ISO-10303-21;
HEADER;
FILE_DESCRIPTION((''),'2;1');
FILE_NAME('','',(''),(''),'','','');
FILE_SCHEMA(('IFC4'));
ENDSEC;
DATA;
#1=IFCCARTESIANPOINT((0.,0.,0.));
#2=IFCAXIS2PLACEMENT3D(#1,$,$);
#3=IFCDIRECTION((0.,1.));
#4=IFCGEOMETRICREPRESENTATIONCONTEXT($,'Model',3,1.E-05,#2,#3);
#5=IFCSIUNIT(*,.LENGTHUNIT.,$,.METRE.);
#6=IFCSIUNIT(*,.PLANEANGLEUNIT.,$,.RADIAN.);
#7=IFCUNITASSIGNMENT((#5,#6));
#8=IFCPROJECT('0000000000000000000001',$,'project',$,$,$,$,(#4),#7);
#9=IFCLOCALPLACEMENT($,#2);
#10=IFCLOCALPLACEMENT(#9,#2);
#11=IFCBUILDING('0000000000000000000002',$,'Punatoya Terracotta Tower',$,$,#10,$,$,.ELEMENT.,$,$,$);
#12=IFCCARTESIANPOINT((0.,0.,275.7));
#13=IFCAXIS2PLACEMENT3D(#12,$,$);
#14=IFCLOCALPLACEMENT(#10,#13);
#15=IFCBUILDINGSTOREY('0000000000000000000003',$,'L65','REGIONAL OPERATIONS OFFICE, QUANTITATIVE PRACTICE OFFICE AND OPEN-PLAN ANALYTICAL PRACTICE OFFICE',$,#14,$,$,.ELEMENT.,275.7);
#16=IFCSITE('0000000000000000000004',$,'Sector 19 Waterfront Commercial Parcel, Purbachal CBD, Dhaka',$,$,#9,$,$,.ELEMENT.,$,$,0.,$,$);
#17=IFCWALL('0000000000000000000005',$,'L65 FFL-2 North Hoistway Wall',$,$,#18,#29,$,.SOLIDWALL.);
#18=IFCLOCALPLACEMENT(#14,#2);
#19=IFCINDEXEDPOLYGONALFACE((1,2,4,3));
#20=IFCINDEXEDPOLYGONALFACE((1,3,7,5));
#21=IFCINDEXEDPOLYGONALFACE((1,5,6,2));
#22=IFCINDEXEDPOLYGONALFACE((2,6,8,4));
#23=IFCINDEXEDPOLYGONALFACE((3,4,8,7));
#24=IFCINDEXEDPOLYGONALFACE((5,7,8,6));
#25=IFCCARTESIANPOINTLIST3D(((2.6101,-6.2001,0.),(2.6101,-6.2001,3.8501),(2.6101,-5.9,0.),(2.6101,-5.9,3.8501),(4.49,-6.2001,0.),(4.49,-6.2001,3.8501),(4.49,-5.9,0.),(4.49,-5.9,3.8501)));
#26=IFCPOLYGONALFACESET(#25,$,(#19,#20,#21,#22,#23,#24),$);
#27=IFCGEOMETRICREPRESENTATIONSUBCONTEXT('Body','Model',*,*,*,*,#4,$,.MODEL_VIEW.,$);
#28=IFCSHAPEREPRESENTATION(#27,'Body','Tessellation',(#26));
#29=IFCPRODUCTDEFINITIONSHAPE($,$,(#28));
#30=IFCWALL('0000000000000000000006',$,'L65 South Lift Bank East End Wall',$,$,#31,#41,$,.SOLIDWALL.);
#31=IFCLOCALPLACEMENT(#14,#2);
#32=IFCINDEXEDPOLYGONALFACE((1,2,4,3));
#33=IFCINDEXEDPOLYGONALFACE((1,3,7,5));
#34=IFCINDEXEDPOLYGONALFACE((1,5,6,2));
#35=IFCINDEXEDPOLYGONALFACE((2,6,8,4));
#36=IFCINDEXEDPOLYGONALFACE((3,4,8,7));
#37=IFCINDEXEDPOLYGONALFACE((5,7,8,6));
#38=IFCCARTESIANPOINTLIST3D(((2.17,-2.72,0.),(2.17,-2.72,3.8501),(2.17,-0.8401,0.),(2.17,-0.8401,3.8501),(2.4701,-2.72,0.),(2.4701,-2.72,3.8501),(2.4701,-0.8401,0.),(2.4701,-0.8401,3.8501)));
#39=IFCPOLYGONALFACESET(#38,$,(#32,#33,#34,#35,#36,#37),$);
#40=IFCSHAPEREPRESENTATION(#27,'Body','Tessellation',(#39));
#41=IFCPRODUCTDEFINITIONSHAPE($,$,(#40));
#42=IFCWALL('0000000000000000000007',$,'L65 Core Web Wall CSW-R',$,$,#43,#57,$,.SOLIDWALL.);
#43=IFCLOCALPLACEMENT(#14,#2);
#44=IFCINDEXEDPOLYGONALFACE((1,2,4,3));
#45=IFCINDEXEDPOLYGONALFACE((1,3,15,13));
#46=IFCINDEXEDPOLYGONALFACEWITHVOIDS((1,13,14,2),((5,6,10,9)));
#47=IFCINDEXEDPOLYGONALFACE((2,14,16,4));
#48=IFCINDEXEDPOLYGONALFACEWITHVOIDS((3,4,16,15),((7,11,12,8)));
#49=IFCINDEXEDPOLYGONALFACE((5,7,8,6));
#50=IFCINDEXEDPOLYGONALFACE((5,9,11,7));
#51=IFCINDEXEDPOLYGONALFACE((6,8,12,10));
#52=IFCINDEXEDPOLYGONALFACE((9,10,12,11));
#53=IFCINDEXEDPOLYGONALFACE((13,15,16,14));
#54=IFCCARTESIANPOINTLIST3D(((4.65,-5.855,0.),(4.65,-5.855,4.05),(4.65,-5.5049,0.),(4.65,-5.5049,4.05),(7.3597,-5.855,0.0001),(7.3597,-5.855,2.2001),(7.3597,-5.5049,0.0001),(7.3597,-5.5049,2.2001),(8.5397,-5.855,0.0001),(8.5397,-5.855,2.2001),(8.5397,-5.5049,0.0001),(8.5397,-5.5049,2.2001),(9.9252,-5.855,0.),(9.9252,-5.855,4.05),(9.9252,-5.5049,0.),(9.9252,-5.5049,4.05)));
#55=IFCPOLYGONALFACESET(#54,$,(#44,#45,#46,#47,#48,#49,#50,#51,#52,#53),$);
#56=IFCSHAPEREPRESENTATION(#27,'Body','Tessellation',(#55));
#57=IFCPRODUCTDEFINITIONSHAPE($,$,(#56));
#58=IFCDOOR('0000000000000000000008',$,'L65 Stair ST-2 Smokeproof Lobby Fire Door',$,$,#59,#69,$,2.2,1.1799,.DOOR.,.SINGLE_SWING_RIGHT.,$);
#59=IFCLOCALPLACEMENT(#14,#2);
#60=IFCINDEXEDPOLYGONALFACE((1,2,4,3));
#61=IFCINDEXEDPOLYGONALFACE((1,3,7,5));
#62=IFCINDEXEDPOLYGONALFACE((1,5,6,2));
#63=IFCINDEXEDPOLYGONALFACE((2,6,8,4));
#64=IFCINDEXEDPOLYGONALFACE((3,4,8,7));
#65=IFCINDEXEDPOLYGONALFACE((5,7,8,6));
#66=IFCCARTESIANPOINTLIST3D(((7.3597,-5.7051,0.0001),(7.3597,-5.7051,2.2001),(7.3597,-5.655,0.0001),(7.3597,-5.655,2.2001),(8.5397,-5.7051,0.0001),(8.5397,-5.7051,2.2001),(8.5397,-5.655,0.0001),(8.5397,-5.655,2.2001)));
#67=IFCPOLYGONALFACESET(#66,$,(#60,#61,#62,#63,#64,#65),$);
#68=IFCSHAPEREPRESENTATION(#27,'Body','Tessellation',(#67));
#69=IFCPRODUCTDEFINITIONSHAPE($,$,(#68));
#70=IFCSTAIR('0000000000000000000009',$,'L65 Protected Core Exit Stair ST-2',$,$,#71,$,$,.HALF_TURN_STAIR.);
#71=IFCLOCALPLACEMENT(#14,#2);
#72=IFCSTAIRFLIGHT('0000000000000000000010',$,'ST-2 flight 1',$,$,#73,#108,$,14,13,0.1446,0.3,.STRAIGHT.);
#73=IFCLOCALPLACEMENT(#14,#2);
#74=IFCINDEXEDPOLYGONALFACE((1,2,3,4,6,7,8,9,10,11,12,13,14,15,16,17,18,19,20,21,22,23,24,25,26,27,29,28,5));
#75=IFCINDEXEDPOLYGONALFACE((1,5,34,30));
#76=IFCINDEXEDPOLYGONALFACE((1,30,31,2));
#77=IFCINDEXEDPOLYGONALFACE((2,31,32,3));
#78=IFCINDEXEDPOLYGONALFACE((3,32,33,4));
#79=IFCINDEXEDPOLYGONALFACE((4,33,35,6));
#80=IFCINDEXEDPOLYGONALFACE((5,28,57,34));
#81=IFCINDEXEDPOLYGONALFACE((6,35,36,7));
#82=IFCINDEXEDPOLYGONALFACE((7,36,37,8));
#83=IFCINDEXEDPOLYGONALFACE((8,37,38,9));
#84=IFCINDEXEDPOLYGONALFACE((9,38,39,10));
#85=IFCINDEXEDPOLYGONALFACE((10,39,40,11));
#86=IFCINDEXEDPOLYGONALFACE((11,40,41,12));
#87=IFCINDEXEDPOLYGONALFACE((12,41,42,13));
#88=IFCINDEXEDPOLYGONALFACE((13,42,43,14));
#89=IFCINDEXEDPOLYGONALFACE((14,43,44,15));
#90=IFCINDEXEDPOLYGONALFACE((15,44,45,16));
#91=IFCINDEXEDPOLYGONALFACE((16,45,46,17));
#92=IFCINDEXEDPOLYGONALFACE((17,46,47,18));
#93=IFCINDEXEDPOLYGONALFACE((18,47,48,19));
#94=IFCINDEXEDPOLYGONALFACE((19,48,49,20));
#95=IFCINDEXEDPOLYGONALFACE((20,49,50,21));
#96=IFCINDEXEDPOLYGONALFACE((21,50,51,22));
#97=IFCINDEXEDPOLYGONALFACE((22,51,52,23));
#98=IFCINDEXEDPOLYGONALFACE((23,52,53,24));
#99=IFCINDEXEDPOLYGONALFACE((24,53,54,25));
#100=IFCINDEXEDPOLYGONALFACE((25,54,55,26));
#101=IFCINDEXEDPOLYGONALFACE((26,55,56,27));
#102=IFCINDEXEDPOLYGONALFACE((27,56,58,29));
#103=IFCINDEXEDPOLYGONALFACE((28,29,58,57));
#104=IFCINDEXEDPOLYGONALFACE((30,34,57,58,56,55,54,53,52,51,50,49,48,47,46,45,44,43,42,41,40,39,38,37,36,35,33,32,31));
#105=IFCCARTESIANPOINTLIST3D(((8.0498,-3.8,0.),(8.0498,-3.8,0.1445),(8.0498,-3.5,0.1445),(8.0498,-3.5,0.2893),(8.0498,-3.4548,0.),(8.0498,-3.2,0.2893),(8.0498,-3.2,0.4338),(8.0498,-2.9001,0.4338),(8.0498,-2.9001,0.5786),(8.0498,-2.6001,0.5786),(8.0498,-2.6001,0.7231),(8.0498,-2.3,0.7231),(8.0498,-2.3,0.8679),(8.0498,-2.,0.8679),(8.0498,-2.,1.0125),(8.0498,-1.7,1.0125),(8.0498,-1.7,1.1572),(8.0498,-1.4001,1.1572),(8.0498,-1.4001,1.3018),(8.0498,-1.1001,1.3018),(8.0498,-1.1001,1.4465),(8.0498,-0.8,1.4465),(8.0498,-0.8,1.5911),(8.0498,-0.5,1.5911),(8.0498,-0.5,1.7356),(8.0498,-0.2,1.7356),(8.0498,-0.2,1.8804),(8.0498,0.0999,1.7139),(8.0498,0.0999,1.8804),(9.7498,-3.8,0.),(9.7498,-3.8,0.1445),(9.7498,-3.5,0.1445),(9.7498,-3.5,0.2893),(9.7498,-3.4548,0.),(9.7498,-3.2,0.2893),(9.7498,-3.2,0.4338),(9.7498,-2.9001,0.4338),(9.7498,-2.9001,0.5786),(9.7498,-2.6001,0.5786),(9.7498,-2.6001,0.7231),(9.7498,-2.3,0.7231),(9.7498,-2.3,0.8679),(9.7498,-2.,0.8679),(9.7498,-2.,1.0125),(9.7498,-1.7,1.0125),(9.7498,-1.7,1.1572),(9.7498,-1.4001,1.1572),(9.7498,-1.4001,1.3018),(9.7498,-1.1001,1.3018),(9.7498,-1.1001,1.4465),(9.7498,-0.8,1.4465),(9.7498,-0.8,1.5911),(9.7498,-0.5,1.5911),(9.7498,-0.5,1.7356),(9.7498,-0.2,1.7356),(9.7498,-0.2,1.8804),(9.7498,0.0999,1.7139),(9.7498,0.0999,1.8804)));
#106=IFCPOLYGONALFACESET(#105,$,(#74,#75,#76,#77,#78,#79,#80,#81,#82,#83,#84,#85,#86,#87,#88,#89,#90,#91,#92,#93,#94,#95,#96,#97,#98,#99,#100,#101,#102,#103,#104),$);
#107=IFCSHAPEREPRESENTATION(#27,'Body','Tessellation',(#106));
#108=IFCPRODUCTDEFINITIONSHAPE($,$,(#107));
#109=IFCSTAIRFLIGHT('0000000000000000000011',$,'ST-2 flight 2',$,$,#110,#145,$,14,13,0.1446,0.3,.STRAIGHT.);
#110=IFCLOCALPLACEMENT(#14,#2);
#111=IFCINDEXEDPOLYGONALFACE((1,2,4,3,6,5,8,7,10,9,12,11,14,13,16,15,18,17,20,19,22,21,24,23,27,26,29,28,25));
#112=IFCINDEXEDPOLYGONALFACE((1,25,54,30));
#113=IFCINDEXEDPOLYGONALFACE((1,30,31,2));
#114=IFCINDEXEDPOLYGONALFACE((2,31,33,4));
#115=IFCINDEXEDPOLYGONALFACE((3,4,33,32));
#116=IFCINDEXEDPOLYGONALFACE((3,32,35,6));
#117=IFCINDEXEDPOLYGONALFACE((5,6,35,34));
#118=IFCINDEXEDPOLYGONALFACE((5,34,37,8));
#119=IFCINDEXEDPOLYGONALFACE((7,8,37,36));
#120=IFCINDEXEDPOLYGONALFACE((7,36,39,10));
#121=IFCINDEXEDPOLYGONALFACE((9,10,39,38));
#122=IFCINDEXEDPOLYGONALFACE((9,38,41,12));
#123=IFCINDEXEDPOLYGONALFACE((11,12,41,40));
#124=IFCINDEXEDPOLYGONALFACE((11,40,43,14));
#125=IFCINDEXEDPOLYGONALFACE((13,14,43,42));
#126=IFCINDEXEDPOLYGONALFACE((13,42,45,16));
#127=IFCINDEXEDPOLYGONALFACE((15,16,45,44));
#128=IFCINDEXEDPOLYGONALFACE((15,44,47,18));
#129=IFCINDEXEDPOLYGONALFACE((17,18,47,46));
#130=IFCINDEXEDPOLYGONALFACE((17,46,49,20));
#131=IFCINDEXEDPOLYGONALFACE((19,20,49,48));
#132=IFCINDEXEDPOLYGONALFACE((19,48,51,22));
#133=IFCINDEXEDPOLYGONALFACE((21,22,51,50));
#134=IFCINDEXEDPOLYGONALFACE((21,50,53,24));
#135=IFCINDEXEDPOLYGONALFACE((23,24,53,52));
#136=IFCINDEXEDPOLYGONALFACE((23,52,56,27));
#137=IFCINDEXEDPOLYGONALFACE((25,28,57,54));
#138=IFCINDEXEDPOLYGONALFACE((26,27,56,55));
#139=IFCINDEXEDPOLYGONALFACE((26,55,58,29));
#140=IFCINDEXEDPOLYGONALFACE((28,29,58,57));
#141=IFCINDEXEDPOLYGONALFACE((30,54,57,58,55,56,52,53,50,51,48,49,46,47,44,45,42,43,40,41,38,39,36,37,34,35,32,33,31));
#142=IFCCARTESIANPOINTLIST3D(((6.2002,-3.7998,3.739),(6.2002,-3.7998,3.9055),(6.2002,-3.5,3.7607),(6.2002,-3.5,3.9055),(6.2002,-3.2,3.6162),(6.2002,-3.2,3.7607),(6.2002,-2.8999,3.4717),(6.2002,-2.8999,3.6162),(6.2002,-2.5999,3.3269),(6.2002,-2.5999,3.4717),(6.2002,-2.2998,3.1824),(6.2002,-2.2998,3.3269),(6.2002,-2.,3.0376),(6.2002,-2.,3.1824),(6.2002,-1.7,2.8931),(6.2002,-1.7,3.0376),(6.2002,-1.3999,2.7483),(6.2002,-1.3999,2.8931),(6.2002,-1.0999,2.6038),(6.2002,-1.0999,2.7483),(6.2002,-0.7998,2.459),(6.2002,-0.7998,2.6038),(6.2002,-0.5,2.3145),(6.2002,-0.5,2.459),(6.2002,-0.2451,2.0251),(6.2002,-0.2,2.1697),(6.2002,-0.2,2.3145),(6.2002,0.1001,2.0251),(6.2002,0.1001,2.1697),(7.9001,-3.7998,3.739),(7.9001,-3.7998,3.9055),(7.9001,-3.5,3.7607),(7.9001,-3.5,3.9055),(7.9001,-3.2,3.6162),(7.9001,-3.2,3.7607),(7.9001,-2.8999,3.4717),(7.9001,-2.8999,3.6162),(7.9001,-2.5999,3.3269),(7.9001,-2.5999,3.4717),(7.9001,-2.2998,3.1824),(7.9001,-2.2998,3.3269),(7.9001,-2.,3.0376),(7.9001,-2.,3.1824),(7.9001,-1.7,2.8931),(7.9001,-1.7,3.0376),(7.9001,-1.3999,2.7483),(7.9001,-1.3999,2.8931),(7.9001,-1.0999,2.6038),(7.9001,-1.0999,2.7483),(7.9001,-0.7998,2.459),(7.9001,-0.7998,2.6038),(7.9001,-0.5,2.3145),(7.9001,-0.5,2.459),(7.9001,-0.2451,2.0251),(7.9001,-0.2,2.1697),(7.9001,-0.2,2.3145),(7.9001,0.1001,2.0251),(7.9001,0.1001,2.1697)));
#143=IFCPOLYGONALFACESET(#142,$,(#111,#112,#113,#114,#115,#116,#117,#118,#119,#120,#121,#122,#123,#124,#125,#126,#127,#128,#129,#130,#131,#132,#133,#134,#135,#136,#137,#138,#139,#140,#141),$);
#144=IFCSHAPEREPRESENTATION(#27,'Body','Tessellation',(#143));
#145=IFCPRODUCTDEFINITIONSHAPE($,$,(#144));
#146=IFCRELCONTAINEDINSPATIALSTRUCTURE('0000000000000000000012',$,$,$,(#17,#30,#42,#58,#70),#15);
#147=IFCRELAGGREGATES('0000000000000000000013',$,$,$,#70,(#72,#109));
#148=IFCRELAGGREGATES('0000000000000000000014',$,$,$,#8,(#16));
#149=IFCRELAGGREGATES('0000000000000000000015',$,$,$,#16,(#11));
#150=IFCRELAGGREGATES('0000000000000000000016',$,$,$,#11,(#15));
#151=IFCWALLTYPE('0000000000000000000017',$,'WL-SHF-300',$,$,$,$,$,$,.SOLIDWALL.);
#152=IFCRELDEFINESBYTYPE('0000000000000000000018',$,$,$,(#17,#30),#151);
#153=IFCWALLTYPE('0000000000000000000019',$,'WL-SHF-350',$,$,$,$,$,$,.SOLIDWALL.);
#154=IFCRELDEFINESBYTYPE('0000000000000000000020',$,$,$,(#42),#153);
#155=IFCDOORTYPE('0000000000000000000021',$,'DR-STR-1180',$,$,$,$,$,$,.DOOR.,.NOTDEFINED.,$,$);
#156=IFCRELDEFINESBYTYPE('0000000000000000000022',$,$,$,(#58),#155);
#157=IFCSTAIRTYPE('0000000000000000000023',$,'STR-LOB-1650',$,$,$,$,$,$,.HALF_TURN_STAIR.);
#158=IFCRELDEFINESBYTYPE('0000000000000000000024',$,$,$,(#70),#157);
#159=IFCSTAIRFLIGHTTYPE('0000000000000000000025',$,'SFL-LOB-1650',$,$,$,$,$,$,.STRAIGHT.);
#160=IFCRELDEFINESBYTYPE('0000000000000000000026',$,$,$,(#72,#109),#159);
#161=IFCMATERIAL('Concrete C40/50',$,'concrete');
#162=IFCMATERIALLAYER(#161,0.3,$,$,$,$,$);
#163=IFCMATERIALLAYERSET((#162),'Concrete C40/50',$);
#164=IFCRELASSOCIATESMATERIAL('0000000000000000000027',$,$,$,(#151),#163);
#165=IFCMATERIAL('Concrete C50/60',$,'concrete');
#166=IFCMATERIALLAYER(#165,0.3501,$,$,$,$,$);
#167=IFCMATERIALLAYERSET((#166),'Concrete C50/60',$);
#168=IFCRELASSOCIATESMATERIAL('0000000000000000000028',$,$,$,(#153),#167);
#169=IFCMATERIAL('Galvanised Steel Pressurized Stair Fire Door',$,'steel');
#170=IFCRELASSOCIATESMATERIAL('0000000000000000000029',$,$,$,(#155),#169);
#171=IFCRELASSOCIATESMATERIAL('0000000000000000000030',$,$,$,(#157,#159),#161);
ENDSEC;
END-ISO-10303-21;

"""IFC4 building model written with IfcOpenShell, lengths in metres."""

from ifc_helpers import new_model, si_unit, direction, frame, frame_2d, origin, place, context, subcontext, project, spatial, polyline, rectangle, outline, extrude, material, layer, layer_set, type_object, element, fill, aggregate, save


model = new_model("IFC4")

# Units and contexts
model_context = context("Model", 3, precision=1e-05, world=origin(), true_north=direction((0.0, 1.0)))
body_context = subcontext(model_context, "Body", "Model", "MODEL_VIEW")
ifc_project = project(units=[si_unit("LENGTHUNIT", "METRE"), si_unit("PLANEANGLEUNIT", "RADIAN")], contexts=[model_context])

# Site, building, storey
site_placement = place(None, origin())
site = spatial("IfcSite", under=ifc_project, at=site_placement, Name="Sector 19 Waterfront Commercial Parcel, Purbachal CBD, Dhaka", CompositionType="ELEMENT", RefElevation=0.0)
building_placement = place(site_placement, origin())
building = spatial("IfcBuilding", under=site, at=building_placement, Name="Punatoya Terracotta Tower", CompositionType="ELEMENT")
storey_placement = place(building_placement, frame((0.0, 0.0, 275.7)))
storey = spatial("IfcBuildingStorey", under=building, at=storey_placement, Name="L65", Description="REGIONAL OPERATIONS OFFICE, QUANTITATIVE PRACTICE OFFICE AND OPEN-PLAN ANALYTICAL PRACTICE OFFICE", CompositionType="ELEMENT", Elevation=275.7)

# Shared definitions
ifc_material_1 = material(Name="Concrete C40/50", Category="concrete")

# Shared definitions
ifc_layer_1 = layer(ifc_material_1, 0.3)
ifc_layer_set_1 = layer_set([ifc_layer_1], Name="Concrete C40/50")
wall_type_1 = type_object("IfcWallType", Name="WL-SHF-300", PredefinedType="SOLIDWALL", material=ifc_layer_set_1)

# Walls
for number, where, z_axis, x_axis, name in (
    (1, (2.6101, -6.05, 0.0), (0.0, 0.0, 1.0), (1.0, 0.0, 0.0), "L65 FFL-2 North Hoistway Wall"),
    (2, (2.3201, -2.72, 0.0), (0.0, 0.0, 1.0), (0.0, 1.0, 0.0), "L65 South Lift Bank East End Wall"),
):
    element("IfcWall", number, at=place(storey_placement, frame(where, z_axis=z_axis, x_axis=x_axis)), inside=storey, type_object=wall_type_1, Name=name, PredefinedType="SOLIDWALL", context=body_context, shape_type="SweptSolid", body=[
        extrude(rectangle(XDim=1.8799, YDim=0.3, at=frame_2d((0.9399, 0.0))), origin(), (0.0, 0.0, 1.0), 3.8501),
    ])

# Wall, opening, door
ifc_material_2 = material(Name="Concrete C50/60", Category="concrete")
ifc_layer_2 = layer(ifc_material_2, 0.3501)
ifc_layer_set_2 = layer_set([ifc_layer_2], Name="Concrete C50/60")
wall_type_2 = type_object("IfcWallType", Name="WL-SHF-350", PredefinedType="SOLIDWALL", material=ifc_layer_set_2)
wall_1_placement = place(storey_placement, frame((4.6499, -5.6799, 0.0), z_axis=(0.0, 0.0, 1.0), x_axis=(1.0, 0.0, 0.0)))
wall_1 = element("IfcWall", 3, at=wall_1_placement, inside=storey, type_object=wall_type_2, Name="L65 Core Web Wall CSW-R", PredefinedType="SOLIDWALL", context=body_context, shape_type="SweptSolid", body=[
    extrude(rectangle(XDim=5.2751, YDim=0.3501, at=frame_2d((2.6377, 0.0))), origin(), (0.0, 0.0, 1.0), 4.05),
])
opening_1_placement = place(wall_1_placement, frame((2.71, 0.0, 0.0)))
opening_1 = element("IfcOpeningElement", 4, at=opening_1_placement, cuts=wall_1, PredefinedType="OPENING", context=body_context, shape_type="SweptSolid", body=[
    extrude(rectangle(XDim=1.1799, YDim=2.2, at=frame_2d((0.5898, 1.1001))), frame((0.0, 0.1851, 0.0), z_axis=(0.0, -1.0, 0.0), x_axis=(1.0, 0.0, 0.0)), (0.0, 0.0, 1.0), 0.3701),
])
ifc_material_3 = material(Name="Galvanised Steel Pressurized Stair Fire Door", Category="steel")
door_type_1 = type_object("IfcDoorType", Name="DR-STR-1180", OperationType="NOTDEFINED", PredefinedType="DOOR", material=ifc_material_3)
door_1_placement = place(opening_1_placement, origin())
door_1 = element("IfcDoor", 5, at=door_1_placement, inside=storey, type_object=door_type_1, Name="L65 Stair ST-2 Smokeproof Lobby Fire Door", OperationType="SINGLE_SWING_RIGHT", OverallHeight=2.2, OverallWidth=1.1799, PredefinedType="DOOR", context=body_context, shape_type="SweptSolid", body=[
    extrude(rectangle(XDim=1.1799, YDim=2.2, at=frame_2d((0.5898, 1.1001))), frame((0.0, 0.0249, 0.0), z_axis=(0.0, -1.0, 0.0), x_axis=(1.0, 0.0, 0.0)), (0.0, 0.0, 1.0), 0.05),
])
fill(opening_1, door_1)

# Stair, stair flights
stair_type = type_object("IfcStairType", Name="STR-LOB-1650", PredefinedType="HALF_TURN_STAIR", material=ifc_material_1)
stair_placement = place(storey_placement, origin())
stair = element("IfcStair", 6, at=stair_placement, inside=storey, type_object=stair_type, Name="L65 Protected Core Exit Stair ST-2", PredefinedType="HALF_TURN_STAIR")
stair_flight_type = type_object("IfcStairFlightType", Name="SFL-LOB-1650", PredefinedType="STRAIGHT", material=ifc_material_1)
stair_flight_1_placement = place(storey_placement, frame((8.8999, -3.8, 0.0), z_axis=(0.0, 0.0, 1.0), x_axis=(0.0, 1.0, 0.0)))
stair_flight_1 = element("IfcStairFlight", 7, at=stair_flight_1_placement, type_object=stair_flight_type, Name="ST-2 flight 1", NumberOfRisers=14, NumberOfTreads=13, PredefinedType="STRAIGHT", RiserHeight=0.1446, TreadLength=0.3, context=body_context, shape_type="SweptSolid", body=[
    extrude(outline(polyline([(0.0, 0.0), (0.0, 0.1445), (0.3, 0.1445), (0.3, 0.2893), (0.6001, 0.2893), (0.6001, 0.4338), (0.8999, 0.4338), (0.8999, 0.5786), (1.2, 0.5786), (1.2, 0.7231), (1.5, 0.7231), (1.5, 0.8679), (1.8, 0.8679), (1.8, 1.0125), (2.1001, 1.0125), (2.1001, 1.1572), (2.3999, 1.1572), (2.3999, 1.3018), (2.7, 1.3018), (2.7, 1.4465), (3.0, 1.4465), (3.0, 1.5911), (3.3, 1.5911), (3.3, 1.7356), (3.6001, 1.7356), (3.6001, 1.8804), (3.8999, 1.8804), (3.8999, 2.0249), (3.8999, 1.7139), (0.3452, 0.0), (0.0, 0.0)])), frame((0.0, 0.8501, 0.0), z_axis=(0.0, -1.0, 0.0), x_axis=(1.0, 0.0, 0.0)), (0.0, 0.0, 1.0), 1.7),
])
stair_flight_2_placement = place(storey_placement, frame((7.05, 0.1001, 2.0251), z_axis=(0.0, 0.0, 1.0), x_axis=(0.0, -1.0, 0.0)))
stair_flight_2 = element("IfcStairFlight", 8, at=stair_flight_2_placement, type_object=stair_flight_type, Name="ST-2 flight 2", NumberOfRisers=14, NumberOfTreads=13, PredefinedType="STRAIGHT", RiserHeight=0.1446, TreadLength=0.3, context=body_context, shape_type="SweptSolid", body=[
    extrude(outline(polyline([(0.0, 0.0), (0.0, 0.1445), (0.3, 0.1445), (0.3, 0.2893), (0.6001, 0.2893), (0.6001, 0.4338), (0.8999, 0.4338), (0.8999, 0.5786), (1.2, 0.5786), (1.2, 0.7231), (1.5, 0.7231), (1.5, 0.8679), (1.8, 0.8679), (1.8, 1.0125), (2.1001, 1.0125), (2.1001, 1.1572), (2.3999, 1.1572), (2.3999, 1.3018), (2.7, 1.3018), (2.7, 1.4465), (3.0, 1.4465), (3.0, 1.5911), (3.3, 1.5911), (3.3, 1.7356), (3.6001, 1.7356), (3.6001, 1.8804), (3.8999, 1.8804), (3.8999, 2.0249), (3.8999, 1.7139), (0.3452, 0.0), (0.0, 0.0)])), frame((0.0, 0.8501, 0.0), z_axis=(0.0, -1.0, 0.0), x_axis=(1.0, 0.0, 0.0)), (0.0, 0.0, 1.0), 1.7),
])
aggregate(stair, [stair_flight_1, stair_flight_2])

save(model, "model.ifc")
